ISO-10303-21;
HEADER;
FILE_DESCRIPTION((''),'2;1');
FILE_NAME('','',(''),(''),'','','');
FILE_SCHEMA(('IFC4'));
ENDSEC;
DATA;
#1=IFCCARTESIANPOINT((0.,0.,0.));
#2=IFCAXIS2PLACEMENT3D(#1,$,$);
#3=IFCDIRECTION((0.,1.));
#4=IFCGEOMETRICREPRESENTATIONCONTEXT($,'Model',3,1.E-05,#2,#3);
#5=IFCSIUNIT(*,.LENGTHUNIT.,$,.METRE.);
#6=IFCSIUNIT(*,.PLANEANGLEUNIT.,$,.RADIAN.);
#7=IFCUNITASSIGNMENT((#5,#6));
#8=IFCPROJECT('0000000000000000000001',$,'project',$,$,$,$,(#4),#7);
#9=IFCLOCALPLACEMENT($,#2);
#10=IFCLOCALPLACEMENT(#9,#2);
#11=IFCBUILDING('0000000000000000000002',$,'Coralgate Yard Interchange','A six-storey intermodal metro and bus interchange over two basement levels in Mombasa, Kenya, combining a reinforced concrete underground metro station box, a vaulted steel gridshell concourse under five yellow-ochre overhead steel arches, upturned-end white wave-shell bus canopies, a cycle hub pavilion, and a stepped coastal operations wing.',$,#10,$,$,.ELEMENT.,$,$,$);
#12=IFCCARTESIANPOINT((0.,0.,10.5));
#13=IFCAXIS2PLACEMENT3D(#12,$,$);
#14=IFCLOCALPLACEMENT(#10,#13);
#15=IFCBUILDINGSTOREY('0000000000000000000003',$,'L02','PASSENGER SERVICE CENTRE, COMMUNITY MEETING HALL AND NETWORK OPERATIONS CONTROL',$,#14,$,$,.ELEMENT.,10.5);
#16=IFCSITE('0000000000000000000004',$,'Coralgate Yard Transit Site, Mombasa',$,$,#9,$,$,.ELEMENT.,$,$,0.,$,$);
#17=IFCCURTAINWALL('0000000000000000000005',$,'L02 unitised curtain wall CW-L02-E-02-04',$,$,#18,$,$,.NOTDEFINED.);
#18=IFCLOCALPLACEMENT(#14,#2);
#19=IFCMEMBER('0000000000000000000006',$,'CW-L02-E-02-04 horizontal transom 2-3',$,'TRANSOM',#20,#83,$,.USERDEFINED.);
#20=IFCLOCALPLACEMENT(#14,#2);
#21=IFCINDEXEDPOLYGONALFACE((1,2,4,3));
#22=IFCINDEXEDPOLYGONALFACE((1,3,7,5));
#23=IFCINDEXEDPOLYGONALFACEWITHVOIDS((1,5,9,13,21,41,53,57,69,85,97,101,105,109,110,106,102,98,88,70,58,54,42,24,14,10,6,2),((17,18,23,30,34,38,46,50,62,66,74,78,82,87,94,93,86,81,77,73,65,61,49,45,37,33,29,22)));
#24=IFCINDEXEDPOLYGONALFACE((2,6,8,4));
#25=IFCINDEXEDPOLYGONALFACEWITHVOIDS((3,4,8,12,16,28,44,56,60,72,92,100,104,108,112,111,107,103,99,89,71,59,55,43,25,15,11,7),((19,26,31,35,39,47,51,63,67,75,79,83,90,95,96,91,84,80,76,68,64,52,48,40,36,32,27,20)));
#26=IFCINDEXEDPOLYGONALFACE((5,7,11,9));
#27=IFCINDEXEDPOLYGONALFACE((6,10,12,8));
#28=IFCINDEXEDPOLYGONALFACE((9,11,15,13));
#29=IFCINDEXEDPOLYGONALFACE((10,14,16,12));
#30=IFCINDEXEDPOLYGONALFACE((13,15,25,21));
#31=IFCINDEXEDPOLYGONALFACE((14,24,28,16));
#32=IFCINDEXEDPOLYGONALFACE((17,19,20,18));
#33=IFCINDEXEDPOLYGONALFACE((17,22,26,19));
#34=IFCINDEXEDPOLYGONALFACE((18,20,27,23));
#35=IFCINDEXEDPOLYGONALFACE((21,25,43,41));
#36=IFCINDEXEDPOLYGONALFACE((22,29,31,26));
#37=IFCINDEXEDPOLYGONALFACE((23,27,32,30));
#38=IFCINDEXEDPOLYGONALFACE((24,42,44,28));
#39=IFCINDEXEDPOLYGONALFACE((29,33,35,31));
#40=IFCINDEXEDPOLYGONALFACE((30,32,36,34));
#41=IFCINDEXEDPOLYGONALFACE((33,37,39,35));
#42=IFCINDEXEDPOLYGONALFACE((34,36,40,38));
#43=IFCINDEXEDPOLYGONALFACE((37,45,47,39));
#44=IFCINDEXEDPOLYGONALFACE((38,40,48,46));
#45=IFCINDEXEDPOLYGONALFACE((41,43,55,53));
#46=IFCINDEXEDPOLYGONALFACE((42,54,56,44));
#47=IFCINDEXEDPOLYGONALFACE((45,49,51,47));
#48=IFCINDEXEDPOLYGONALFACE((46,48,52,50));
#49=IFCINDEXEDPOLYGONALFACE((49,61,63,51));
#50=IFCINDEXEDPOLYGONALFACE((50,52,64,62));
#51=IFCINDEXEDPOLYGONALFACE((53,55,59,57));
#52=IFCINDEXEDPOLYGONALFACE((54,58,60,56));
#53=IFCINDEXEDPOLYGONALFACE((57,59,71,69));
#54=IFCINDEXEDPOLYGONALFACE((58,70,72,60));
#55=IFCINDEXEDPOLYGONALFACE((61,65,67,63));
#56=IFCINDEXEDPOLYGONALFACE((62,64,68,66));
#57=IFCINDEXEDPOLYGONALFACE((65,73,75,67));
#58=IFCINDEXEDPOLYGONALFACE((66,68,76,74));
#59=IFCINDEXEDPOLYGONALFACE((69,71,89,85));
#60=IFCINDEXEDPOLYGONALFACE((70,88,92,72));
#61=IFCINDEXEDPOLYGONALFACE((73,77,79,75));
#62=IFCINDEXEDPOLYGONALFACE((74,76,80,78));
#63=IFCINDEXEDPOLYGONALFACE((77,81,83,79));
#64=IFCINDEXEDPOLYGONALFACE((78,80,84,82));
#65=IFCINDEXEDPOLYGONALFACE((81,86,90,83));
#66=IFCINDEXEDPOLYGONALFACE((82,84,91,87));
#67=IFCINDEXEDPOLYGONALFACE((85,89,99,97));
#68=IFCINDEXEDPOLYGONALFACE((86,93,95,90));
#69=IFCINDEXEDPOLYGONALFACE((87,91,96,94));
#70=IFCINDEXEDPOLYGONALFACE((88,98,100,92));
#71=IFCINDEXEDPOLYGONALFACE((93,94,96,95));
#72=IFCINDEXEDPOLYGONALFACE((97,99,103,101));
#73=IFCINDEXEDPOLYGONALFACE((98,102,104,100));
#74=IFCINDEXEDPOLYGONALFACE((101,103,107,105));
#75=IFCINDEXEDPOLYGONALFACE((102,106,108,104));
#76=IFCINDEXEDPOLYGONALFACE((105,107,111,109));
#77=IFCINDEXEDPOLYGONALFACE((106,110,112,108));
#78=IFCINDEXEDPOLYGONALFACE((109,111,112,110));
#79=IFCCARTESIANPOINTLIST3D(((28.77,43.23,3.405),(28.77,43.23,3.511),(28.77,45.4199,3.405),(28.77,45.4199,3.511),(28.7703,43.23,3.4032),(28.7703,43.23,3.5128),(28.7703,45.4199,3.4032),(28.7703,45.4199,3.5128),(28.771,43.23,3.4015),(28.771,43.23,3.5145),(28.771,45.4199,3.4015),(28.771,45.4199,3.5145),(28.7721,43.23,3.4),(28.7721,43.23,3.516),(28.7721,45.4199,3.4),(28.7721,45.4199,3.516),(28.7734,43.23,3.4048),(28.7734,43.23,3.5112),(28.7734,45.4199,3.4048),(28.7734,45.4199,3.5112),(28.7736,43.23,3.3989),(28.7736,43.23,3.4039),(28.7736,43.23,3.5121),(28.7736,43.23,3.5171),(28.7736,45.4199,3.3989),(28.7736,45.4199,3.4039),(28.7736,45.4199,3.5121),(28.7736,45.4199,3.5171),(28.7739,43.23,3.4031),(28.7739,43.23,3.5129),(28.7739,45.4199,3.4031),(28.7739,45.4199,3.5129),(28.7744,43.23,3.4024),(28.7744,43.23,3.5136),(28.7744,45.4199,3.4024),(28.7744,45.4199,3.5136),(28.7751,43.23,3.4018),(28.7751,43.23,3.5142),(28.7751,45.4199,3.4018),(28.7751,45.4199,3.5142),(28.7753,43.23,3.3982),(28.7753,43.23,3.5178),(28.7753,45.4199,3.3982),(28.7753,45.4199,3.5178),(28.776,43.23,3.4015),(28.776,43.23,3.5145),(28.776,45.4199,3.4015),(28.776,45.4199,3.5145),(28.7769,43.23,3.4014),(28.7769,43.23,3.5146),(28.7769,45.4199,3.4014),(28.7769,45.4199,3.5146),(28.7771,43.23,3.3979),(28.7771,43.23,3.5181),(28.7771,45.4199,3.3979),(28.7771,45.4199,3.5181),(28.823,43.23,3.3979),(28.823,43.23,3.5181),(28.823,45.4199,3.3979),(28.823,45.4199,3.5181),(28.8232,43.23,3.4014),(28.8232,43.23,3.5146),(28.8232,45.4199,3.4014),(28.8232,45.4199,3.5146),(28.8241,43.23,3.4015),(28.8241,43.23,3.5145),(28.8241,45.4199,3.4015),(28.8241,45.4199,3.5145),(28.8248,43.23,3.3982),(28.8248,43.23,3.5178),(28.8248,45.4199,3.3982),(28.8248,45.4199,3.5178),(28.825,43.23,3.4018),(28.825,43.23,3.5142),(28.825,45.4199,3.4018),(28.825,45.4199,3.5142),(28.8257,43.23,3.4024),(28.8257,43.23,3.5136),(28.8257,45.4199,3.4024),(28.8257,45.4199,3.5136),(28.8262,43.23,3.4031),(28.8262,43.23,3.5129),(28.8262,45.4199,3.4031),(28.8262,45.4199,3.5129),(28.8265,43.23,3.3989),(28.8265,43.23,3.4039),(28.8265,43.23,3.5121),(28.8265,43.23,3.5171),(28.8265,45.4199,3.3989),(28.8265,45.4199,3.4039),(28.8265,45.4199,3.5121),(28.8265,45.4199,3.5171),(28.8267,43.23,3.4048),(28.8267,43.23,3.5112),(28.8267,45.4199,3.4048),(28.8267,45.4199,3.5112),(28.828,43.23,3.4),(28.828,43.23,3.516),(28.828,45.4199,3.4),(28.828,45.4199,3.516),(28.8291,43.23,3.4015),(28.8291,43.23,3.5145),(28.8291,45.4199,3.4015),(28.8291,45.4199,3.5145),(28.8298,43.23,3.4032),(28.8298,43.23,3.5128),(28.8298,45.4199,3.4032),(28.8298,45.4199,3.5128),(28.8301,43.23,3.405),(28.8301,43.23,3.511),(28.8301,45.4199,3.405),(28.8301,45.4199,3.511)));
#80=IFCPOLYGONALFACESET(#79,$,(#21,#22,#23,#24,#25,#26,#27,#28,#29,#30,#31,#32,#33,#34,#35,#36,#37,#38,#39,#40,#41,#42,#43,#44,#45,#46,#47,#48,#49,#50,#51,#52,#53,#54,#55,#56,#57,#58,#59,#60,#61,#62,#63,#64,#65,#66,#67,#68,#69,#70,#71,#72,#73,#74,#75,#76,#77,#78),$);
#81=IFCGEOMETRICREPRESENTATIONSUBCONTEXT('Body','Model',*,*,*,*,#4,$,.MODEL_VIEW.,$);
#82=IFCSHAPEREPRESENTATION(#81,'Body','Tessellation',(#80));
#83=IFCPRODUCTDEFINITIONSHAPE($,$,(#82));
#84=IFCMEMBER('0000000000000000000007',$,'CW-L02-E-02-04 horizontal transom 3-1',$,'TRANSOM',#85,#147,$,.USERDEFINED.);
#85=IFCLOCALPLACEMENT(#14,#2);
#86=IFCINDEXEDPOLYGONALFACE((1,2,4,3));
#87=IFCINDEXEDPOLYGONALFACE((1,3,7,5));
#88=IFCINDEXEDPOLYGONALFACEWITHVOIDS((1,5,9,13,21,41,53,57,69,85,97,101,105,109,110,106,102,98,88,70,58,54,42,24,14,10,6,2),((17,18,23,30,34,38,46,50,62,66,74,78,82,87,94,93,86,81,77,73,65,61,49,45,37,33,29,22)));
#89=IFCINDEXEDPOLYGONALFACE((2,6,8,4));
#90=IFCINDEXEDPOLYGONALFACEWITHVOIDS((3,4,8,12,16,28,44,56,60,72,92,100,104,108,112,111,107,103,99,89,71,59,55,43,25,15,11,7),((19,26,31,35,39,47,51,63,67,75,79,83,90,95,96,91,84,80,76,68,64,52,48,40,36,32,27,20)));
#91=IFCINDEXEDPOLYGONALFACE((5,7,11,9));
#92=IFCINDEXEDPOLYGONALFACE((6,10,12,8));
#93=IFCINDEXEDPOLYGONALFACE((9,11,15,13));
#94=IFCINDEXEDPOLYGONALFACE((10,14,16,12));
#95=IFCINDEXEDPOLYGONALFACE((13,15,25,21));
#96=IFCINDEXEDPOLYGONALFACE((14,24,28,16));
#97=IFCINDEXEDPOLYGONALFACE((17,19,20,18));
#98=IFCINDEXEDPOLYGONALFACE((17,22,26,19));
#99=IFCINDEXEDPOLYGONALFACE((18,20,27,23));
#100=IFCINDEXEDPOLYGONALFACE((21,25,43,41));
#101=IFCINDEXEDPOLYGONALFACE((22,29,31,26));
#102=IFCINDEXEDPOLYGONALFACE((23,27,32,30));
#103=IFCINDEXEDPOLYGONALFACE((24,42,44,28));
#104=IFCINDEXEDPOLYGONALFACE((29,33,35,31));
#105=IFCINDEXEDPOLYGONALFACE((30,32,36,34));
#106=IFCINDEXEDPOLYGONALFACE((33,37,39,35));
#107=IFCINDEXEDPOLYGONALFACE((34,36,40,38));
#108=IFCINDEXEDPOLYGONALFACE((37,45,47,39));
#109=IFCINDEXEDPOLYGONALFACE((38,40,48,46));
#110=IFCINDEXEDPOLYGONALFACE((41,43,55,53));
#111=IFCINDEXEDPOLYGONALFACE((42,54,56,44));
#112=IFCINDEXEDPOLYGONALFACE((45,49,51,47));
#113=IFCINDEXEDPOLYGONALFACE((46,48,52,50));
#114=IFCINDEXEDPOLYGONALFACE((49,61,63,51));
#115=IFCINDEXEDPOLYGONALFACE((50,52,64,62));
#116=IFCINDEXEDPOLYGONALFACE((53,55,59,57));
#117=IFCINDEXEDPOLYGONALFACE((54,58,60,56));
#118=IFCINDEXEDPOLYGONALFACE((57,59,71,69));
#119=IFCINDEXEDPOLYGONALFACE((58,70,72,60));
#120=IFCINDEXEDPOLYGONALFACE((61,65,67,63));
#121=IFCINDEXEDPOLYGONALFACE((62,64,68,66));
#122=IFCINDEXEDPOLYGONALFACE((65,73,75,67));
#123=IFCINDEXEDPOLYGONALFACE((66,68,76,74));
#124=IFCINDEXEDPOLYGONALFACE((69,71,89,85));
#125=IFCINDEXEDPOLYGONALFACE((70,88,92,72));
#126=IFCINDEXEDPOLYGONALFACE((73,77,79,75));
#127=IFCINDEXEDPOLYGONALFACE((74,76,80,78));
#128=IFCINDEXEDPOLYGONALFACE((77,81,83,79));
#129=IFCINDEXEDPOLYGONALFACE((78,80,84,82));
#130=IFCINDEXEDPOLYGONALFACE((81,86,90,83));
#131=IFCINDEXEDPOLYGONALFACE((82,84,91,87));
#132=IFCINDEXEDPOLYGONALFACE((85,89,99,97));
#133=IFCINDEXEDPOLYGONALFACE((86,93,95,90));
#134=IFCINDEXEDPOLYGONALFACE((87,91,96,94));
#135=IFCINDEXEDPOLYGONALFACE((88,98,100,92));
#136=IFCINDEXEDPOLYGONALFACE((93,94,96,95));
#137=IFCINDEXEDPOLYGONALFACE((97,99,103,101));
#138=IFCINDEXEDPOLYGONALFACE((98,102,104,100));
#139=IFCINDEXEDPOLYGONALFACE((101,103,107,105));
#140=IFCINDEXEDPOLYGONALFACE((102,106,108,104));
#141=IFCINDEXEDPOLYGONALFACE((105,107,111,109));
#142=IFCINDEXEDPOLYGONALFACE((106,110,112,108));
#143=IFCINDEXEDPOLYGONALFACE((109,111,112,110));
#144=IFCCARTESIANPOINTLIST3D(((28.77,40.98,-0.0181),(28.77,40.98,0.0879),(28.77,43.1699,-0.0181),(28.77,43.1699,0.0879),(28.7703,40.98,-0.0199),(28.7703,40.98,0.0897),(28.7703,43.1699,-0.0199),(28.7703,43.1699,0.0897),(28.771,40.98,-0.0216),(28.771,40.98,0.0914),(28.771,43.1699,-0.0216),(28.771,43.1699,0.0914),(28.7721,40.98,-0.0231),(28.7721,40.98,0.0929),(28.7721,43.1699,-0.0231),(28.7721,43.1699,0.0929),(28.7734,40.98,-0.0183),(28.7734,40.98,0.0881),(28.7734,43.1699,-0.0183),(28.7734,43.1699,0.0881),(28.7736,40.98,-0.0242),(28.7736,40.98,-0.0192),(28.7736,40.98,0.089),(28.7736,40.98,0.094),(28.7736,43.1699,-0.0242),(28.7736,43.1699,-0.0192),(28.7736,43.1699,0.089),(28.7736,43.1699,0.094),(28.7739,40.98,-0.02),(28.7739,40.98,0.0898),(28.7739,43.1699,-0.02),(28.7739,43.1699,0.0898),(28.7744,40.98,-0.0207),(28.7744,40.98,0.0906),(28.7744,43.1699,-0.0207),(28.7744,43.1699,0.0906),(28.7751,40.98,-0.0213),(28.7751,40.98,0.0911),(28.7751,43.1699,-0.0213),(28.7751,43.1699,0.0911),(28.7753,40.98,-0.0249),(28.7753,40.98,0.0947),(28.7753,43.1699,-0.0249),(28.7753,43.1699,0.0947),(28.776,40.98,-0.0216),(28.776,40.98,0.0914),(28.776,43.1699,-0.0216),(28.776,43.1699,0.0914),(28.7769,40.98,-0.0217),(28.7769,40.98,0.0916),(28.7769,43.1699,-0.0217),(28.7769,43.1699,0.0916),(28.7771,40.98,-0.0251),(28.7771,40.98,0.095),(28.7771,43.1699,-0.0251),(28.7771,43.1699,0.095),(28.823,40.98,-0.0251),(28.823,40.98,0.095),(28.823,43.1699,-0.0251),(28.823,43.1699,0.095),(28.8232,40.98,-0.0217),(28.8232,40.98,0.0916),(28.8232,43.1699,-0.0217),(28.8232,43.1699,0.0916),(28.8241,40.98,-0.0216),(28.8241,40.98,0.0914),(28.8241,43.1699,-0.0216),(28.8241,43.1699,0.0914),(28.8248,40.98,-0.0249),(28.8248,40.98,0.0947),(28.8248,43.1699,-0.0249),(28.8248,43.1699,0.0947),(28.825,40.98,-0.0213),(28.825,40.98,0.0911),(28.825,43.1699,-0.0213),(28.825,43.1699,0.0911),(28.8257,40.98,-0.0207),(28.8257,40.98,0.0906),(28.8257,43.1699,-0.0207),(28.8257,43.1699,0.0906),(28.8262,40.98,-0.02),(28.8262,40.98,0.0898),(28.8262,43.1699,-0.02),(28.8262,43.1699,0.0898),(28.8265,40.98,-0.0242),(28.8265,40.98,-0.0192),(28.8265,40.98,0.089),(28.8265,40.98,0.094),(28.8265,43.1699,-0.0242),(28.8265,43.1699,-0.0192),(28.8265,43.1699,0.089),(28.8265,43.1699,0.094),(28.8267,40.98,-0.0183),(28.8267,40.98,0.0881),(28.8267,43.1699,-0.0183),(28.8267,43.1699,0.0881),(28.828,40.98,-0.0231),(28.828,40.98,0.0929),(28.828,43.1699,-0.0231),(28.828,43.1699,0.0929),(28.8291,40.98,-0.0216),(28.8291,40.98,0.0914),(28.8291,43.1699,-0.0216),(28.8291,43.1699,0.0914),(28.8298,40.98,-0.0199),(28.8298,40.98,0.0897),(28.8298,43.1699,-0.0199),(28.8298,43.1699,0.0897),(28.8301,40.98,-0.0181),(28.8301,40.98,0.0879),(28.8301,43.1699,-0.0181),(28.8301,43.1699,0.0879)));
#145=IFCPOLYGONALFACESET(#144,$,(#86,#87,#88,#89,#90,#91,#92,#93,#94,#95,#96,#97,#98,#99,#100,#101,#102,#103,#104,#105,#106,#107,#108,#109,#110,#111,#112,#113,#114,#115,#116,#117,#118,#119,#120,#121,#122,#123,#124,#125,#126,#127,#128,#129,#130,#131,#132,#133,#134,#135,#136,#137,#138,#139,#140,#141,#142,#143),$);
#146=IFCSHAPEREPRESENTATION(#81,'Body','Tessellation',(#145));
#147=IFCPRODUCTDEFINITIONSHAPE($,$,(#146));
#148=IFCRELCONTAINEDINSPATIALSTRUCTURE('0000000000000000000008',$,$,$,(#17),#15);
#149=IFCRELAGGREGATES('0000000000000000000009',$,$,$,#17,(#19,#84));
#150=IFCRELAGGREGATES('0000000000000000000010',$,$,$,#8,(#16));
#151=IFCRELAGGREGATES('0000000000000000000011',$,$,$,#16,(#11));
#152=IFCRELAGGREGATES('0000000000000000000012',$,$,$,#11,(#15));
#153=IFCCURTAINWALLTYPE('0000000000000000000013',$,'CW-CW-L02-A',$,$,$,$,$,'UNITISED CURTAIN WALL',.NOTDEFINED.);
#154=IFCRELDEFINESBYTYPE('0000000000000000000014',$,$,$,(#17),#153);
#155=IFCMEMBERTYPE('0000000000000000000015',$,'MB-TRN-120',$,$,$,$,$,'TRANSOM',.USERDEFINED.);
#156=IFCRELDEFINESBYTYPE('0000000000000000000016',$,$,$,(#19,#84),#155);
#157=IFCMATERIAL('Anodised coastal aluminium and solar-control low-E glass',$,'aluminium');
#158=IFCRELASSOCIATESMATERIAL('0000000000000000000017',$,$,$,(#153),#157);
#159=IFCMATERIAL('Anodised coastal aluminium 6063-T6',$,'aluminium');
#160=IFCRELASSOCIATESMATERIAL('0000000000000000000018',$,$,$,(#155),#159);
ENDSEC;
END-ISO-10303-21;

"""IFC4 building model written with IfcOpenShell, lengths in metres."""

from ifc_helpers import new_model, si_unit, direction, frame, origin, origin_2d, place, context, subcontext, project, spatial, hollow_rectangle, extrude, material, material_profile, profile_set, type_object, element, aggregate, save


model = new_model("IFC4")

# Units and contexts
model_context = context("Model", 3, precision=1e-05, world=origin(), true_north=direction((0.0, 1.0)))
body_context = subcontext(model_context, "Body", "Model", "MODEL_VIEW")
ifc_project = project(units=[si_unit("LENGTHUNIT", "METRE"), si_unit("PLANEANGLEUNIT", "RADIAN")], contexts=[model_context])

# Site, building, storey
site_placement = place(None, origin())
site = spatial("IfcSite", under=ifc_project, at=site_placement, Name="Coralgate Yard Transit Site, Mombasa", CompositionType="ELEMENT", RefElevation=0.0)
building_placement = place(site_placement, origin())
building = spatial("IfcBuilding", under=site, at=building_placement, Name="Coralgate Yard Interchange", Description="A six-storey intermodal metro and bus interchange over two basement levels in Mombasa, Kenya, combining a reinforced concrete underground metro station box, a vaulted steel gridshell concourse under five yellow-ochre overhead steel arches, upturned-end white wave-shell bus canopies, a cycle hub pavilion, and a stepped coastal operations wing.", CompositionType="ELEMENT")
storey_placement = place(building_placement, frame((0.0, 0.0, 10.5)))
storey = spatial("IfcBuildingStorey", under=building, at=storey_placement, Name="L02", Description="PASSENGER SERVICE CENTRE, COMMUNITY MEETING HALL AND NETWORK OPERATIONS CONTROL", CompositionType="ELEMENT", Elevation=10.5)

# Curtain wall
ifc_material_1 = material(Name="Anodised coastal aluminium and solar-control low-E glass", Category="aluminium")
curtain_wall_type_1 = type_object("IfcCurtainWallType", Name="CW-CW-L02-A", ElementType="UNITISED CURTAIN WALL", PredefinedType="NOTDEFINED", material=ifc_material_1)
curtain_wall_1_placement = place(storey_placement, origin())
curtain_wall_1 = element("IfcCurtainWall", 1, at=curtain_wall_1_placement, inside=storey, type_object=curtain_wall_type_1, Name="L02 unitised curtain wall CW-L02-E-02-04", PredefinedType="NOTDEFINED")
ifc_material_2 = material(Name="Anodised coastal aluminium 6063-T6", Category="aluminium")

# Members
ifc_material_profile_1 = material_profile(ifc_material_2, hollow_rectangle(XDim=0.0601, YDim=0.1201, WallThickness=0.0034, InnerFilletRadius=0.0034, OuterFilletRadius=0.0071, at=origin_2d()), Name="ALU 60x120x3.5")
ifc_profile_set_1 = profile_set([ifc_material_profile_1], Name="Anodised coastal aluminium 6063-T6")
member_type_1 = type_object("IfcMemberType", Name="MB-TRN-120", ElementType="TRANSOM", PredefinedType="USERDEFINED", material=ifc_profile_set_1)
member_1_placement = place(storey_placement, frame((28.8, 45.4199, 3.458), z_axis=(0.0, -1.0, 0.0), x_axis=(1.0, 0.0, 0.0)))
member_1 = element("IfcMember", 2, at=member_1_placement, type_object=member_type_1, Name="CW-L02-E-02-04 horizontal transom 2-3", ObjectType="TRANSOM", PredefinedType="USERDEFINED", context=body_context, shape_type="SweptSolid", body=[
    extrude(hollow_rectangle(XDim=0.0601, YDim=0.1201, WallThickness=0.0034, InnerFilletRadius=0.0034, OuterFilletRadius=0.0071, at=origin_2d()), origin(), (0.0, 0.0, 1.0), 2.1899),
])
member_2_placement = place(storey_placement, frame((28.8, 43.1699, 0.0349), z_axis=(0.0, -1.0, 0.0), x_axis=(1.0, 0.0, 0.0)))
member_2 = element("IfcMember", 3, at=member_2_placement, type_object=member_type_1, Name="CW-L02-E-02-04 horizontal transom 3-1", ObjectType="TRANSOM", PredefinedType="USERDEFINED", context=body_context, shape_type="SweptSolid", body=[
    extrude(hollow_rectangle(XDim=0.0601, YDim=0.1201, WallThickness=0.0034, InnerFilletRadius=0.0034, OuterFilletRadius=0.0071, at=origin_2d()), origin(), (0.0, 0.0, 1.0), 2.1899),
])

aggregate(curtain_wall_1, [member_1, member_2])

save(model, "model.ifc")
